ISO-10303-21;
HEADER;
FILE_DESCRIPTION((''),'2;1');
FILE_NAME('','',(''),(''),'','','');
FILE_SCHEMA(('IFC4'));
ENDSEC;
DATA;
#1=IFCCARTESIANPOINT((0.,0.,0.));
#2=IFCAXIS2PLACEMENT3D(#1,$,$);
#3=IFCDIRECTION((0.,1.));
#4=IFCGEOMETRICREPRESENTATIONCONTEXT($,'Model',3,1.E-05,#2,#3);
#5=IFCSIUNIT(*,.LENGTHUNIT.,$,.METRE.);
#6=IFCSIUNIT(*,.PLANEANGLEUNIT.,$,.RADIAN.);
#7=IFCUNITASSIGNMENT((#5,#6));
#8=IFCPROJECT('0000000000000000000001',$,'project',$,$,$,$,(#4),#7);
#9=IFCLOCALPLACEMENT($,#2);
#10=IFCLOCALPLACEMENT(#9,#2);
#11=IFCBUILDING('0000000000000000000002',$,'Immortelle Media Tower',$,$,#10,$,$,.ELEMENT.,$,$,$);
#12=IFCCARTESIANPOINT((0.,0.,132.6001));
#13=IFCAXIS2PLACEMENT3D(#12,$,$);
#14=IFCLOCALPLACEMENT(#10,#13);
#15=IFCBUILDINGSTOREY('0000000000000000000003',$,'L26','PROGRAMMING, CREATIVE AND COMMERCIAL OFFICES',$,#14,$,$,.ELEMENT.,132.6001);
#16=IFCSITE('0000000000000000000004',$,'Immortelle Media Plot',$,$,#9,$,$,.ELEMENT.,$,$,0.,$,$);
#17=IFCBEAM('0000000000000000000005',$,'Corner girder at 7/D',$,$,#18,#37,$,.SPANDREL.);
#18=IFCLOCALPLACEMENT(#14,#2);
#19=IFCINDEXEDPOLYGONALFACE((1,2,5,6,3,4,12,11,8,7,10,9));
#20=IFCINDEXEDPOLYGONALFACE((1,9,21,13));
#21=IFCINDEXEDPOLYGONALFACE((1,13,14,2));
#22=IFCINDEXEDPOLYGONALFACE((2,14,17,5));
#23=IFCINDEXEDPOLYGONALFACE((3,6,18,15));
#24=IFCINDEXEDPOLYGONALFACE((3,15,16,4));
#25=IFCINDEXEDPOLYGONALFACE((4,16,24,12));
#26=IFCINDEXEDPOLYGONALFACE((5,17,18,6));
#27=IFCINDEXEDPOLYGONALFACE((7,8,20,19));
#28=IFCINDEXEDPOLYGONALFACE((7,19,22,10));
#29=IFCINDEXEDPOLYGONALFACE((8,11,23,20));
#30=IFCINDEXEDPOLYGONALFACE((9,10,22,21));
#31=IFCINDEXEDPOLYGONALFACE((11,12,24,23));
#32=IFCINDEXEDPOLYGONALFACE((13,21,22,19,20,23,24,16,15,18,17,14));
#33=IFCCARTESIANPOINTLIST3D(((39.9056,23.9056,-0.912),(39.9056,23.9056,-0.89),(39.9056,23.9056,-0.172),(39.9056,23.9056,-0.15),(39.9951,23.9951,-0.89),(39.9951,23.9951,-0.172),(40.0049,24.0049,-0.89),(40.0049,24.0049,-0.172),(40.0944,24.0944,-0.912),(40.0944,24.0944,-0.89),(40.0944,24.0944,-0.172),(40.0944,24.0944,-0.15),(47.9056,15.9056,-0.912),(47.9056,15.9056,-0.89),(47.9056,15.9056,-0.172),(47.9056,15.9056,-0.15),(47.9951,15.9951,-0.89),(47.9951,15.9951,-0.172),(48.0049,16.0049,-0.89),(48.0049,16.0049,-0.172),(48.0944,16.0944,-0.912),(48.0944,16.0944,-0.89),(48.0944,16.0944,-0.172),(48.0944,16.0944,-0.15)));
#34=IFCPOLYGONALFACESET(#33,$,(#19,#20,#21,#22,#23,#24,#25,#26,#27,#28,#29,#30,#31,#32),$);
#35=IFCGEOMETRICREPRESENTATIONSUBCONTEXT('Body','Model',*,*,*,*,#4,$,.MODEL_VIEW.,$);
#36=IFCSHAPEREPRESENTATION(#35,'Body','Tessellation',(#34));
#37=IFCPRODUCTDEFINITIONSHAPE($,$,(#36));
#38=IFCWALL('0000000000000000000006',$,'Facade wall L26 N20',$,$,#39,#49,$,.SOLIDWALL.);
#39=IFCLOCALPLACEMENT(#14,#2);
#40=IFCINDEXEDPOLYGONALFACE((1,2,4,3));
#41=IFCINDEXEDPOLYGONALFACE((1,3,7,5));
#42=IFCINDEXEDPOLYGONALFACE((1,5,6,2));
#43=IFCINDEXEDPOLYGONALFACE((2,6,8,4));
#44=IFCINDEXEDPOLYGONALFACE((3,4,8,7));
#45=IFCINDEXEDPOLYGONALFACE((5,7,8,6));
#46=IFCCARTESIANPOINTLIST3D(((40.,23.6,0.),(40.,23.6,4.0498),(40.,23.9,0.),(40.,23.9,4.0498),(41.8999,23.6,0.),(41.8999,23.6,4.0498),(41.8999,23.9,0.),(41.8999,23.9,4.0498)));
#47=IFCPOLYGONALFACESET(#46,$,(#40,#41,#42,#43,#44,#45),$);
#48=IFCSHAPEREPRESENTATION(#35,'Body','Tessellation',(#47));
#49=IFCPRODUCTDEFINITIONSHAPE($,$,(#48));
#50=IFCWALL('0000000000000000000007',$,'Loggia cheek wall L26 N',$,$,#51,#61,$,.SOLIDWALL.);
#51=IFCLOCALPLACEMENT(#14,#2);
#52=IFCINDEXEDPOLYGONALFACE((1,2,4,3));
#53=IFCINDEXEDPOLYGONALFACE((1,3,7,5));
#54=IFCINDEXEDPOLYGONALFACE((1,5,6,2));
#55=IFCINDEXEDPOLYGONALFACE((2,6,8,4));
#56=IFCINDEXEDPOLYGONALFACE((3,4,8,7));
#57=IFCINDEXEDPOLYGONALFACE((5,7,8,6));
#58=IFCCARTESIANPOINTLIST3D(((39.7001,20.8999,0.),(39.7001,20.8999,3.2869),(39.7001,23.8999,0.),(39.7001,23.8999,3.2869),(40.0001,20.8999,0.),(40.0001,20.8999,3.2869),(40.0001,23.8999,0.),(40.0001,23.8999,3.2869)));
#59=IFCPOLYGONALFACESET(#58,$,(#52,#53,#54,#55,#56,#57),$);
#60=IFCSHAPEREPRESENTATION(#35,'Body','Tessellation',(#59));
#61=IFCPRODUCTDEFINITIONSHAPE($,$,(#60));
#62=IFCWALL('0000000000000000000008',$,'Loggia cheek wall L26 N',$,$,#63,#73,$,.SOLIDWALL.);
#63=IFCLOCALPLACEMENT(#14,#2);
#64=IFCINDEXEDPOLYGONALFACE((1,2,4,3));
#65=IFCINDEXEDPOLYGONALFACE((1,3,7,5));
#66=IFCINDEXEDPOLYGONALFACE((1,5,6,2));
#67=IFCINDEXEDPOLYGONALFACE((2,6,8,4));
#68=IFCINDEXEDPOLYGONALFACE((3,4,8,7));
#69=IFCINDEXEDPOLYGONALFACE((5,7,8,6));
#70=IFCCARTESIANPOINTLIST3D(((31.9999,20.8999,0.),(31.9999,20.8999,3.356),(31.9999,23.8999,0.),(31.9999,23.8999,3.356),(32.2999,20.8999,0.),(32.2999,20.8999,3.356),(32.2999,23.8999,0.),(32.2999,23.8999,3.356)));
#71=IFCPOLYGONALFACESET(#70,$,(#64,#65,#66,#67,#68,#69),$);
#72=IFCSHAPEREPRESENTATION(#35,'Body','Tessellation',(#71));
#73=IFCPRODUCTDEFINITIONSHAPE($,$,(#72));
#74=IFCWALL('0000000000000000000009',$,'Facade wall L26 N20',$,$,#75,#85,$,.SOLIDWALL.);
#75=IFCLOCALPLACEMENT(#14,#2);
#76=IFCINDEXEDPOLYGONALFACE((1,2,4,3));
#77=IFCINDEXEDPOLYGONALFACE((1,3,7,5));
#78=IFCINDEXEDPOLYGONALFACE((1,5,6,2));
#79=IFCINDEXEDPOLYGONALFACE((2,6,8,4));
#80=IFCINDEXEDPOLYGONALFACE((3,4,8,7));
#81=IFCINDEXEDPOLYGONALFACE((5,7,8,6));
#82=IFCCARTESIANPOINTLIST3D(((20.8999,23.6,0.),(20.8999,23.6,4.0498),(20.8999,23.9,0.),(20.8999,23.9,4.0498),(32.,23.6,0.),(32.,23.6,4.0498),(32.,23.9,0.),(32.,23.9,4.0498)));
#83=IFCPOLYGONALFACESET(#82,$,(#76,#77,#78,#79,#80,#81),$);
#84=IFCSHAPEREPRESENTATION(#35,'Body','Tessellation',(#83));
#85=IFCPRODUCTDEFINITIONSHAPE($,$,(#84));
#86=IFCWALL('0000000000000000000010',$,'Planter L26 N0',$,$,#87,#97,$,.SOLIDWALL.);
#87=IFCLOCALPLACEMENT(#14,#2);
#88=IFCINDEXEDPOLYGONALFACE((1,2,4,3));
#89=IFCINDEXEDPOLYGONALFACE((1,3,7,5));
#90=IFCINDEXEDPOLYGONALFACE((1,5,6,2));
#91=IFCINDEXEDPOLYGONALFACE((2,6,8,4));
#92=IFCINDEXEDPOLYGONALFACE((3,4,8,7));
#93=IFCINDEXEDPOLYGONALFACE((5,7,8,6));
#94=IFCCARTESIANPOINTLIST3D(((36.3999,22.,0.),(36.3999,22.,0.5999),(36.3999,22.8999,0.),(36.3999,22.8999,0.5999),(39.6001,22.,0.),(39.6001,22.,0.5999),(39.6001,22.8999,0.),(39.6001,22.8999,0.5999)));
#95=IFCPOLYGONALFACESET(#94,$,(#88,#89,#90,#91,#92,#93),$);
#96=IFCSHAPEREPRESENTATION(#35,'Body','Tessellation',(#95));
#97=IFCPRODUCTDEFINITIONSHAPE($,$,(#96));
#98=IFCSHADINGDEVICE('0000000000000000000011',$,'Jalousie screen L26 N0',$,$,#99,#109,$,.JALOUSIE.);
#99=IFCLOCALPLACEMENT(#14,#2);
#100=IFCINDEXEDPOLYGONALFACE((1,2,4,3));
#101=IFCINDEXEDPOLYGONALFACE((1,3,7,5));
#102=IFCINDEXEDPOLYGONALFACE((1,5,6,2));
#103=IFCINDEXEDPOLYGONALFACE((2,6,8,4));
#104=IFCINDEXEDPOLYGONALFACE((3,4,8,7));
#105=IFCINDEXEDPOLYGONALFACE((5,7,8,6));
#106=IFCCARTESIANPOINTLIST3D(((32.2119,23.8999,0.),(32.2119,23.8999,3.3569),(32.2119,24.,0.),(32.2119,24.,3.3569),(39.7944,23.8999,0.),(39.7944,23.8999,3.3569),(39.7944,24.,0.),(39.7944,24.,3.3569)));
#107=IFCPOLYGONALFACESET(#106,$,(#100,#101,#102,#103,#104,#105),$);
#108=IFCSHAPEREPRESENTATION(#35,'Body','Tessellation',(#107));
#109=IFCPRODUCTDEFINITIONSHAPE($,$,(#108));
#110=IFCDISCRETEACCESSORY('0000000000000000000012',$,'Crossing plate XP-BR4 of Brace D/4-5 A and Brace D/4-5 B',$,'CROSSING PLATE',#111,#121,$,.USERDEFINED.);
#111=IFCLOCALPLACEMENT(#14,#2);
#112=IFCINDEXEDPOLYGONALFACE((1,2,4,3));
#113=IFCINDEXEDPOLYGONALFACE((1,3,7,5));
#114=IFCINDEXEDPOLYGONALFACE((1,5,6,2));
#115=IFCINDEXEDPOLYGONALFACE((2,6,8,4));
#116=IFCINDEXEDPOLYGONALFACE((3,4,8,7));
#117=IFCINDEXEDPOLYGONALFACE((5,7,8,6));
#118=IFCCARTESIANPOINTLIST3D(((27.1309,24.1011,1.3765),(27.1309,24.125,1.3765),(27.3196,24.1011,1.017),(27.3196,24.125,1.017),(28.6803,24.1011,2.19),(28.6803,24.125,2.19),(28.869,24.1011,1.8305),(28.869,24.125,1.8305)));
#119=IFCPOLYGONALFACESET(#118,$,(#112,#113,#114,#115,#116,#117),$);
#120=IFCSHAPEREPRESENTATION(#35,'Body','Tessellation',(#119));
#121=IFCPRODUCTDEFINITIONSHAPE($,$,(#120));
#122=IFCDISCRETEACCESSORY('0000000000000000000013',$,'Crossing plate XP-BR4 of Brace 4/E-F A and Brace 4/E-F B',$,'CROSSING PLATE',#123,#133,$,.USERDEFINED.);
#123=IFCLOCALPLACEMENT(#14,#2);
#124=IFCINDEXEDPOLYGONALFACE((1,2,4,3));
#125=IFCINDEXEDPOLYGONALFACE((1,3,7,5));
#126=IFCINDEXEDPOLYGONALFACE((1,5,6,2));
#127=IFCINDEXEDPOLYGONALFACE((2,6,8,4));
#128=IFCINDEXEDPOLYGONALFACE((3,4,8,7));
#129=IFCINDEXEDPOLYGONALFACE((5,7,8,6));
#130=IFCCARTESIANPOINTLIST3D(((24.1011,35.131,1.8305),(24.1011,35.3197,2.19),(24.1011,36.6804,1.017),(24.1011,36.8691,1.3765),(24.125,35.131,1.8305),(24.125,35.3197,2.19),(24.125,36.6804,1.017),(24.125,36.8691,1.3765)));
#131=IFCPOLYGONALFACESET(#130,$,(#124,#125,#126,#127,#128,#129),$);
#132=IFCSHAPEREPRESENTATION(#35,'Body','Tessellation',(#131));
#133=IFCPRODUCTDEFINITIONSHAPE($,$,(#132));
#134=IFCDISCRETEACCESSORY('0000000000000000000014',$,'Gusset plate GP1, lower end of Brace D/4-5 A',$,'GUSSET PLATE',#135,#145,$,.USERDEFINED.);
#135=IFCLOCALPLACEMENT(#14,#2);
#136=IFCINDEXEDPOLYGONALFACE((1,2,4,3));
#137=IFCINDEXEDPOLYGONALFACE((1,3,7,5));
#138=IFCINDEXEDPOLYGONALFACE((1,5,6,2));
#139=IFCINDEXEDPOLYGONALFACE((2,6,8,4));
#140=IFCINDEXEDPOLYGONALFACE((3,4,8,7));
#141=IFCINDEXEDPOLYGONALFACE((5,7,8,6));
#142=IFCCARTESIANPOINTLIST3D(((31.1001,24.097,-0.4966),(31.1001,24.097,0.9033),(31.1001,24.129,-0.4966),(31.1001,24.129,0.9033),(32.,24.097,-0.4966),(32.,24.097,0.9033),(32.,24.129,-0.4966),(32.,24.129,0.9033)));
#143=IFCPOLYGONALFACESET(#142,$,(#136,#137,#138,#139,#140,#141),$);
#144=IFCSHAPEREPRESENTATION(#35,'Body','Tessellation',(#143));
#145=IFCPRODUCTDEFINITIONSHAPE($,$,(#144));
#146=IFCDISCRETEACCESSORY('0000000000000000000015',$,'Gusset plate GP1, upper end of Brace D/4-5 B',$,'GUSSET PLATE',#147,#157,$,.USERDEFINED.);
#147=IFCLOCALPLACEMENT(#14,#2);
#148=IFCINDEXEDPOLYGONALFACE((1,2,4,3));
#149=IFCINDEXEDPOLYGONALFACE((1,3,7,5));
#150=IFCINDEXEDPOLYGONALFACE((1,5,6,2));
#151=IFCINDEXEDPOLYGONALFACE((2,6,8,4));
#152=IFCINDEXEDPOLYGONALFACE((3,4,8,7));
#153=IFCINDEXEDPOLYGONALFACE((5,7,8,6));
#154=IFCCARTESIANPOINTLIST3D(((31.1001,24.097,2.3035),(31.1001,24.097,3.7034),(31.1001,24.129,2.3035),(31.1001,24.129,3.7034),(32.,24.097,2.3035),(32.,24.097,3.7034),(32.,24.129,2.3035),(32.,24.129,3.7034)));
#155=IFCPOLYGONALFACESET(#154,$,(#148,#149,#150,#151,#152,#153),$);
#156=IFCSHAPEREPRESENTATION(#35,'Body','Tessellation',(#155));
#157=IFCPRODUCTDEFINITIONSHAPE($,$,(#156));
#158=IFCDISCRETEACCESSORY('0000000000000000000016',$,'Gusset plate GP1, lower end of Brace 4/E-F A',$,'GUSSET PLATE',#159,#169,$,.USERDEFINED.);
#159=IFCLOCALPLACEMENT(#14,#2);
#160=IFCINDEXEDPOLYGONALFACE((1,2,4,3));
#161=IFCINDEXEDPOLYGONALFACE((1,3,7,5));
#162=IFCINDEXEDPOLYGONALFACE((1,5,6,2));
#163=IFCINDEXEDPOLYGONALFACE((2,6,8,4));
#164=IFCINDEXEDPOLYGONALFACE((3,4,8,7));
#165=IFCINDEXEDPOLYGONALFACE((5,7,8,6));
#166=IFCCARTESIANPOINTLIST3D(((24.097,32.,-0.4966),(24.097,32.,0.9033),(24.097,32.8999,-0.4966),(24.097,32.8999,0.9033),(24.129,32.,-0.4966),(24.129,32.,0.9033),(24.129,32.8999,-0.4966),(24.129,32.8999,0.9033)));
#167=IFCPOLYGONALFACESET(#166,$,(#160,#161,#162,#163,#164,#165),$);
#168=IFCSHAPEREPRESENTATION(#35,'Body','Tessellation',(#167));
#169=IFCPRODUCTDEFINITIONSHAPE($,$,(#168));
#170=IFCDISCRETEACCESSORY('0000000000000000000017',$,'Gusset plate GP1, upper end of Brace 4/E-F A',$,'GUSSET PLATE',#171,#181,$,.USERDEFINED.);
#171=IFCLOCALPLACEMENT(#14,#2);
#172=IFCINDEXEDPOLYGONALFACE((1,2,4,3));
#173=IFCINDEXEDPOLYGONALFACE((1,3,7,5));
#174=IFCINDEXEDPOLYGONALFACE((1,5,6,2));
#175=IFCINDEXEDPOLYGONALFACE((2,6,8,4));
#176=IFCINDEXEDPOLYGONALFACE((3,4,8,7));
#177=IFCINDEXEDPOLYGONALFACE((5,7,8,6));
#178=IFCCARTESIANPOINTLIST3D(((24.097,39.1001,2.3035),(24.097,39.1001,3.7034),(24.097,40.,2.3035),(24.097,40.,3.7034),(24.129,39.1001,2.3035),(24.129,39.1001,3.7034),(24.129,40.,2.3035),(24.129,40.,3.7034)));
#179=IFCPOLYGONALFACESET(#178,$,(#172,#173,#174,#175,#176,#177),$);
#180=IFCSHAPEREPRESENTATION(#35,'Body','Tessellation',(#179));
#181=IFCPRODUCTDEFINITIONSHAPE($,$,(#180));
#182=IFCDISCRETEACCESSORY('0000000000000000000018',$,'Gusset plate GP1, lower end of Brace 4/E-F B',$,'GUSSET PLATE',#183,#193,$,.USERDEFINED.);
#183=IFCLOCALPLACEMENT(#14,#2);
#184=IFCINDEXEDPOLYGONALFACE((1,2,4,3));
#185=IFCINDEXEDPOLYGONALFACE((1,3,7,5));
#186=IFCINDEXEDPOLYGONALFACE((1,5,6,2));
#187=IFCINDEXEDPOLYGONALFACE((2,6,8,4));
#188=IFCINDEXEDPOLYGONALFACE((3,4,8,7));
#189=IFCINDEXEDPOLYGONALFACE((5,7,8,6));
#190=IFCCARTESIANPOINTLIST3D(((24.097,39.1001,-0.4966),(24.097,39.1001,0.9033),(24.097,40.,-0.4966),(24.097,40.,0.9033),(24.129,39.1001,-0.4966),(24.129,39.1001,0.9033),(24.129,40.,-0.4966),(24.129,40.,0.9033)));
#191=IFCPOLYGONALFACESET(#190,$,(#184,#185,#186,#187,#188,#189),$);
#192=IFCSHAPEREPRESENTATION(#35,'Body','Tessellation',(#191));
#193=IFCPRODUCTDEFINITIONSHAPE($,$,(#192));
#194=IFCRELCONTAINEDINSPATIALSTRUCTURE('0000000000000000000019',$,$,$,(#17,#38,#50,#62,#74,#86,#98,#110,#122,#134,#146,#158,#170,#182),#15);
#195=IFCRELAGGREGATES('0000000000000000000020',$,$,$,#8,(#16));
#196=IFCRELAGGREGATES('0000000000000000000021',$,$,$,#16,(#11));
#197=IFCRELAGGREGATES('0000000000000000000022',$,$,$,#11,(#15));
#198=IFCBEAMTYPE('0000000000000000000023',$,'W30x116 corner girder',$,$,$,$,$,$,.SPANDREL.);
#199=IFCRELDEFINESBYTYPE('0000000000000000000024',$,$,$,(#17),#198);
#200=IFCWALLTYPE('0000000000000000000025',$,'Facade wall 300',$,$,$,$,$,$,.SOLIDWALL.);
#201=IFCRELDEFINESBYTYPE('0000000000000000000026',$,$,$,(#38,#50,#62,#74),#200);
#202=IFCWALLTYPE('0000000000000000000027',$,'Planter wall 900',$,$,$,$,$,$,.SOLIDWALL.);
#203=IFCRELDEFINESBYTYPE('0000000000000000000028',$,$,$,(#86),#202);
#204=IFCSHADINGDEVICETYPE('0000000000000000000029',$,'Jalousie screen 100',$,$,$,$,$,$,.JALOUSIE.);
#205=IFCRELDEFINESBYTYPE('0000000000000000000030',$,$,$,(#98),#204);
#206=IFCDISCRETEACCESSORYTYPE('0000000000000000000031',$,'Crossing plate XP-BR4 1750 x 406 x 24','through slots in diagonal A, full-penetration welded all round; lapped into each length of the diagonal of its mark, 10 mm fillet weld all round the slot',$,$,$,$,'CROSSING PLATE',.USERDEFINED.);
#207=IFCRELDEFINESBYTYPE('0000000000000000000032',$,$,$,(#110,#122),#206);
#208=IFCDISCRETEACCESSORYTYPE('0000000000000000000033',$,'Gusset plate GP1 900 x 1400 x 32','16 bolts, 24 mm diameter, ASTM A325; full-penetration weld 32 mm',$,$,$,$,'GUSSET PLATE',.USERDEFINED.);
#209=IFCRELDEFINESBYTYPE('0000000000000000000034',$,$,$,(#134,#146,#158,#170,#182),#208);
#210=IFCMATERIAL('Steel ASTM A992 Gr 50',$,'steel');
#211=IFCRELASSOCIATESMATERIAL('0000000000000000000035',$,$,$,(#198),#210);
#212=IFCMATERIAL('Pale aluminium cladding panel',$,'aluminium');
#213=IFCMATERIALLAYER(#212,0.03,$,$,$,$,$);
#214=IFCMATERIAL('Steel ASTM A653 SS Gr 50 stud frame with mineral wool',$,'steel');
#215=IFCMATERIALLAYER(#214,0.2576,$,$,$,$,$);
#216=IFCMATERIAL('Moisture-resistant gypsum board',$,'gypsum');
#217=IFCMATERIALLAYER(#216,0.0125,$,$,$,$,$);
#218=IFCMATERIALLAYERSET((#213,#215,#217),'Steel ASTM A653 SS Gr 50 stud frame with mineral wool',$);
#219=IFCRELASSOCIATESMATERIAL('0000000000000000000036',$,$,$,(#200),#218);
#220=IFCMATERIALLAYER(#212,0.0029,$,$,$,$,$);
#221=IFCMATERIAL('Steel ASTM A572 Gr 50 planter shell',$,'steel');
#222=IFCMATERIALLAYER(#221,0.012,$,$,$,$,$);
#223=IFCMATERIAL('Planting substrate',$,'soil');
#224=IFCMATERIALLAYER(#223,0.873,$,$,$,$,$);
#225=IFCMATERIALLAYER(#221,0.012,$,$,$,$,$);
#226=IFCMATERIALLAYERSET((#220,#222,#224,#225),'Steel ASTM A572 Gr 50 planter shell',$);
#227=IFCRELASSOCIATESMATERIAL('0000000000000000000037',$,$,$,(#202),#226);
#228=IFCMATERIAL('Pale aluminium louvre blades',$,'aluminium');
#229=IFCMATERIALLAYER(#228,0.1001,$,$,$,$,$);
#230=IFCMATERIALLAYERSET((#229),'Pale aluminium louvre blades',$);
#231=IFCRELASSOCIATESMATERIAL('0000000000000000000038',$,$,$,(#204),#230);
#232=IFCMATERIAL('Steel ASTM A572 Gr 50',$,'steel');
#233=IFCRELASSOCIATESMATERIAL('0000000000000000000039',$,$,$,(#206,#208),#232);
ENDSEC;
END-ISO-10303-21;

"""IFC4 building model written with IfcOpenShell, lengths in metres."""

from ifc_helpers import new_model, si_unit, direction, frame, frame_2d, origin, origin_2d, place, context, subcontext, project, spatial, rectangle, i_section, extrude, material, layer, layer_set, material_profile, profile_set, type_object, element, save


model = new_model("IFC4")

# Units and contexts
model_context = context("Model", 3, precision=1e-05, world=origin(), true_north=direction((0.0, 1.0)))
body_context = subcontext(model_context, "Body", "Model", "MODEL_VIEW")
ifc_project = project(units=[si_unit("LENGTHUNIT", "METRE"), si_unit("PLANEANGLEUNIT", "RADIAN")], contexts=[model_context])

# Site, building, storey
site_placement = place(None, origin())
site = spatial("IfcSite", under=ifc_project, at=site_placement, Name="Immortelle Media Plot", CompositionType="ELEMENT", RefElevation=0.0)
building_placement = place(site_placement, origin())
building = spatial("IfcBuilding", under=site, at=building_placement, Name="Immortelle Media Tower", CompositionType="ELEMENT")
storey_placement = place(building_placement, frame((0.0, 0.0, 132.6001)))
storey = spatial("IfcBuildingStorey", under=building, at=storey_placement, Name="L26", Description="PROGRAMMING, CREATIVE AND COMMERCIAL OFFICES", CompositionType="ELEMENT", Elevation=132.6001)

# Shared definitions
ifc_material_1 = material(Name="Steel ASTM A992 Gr 50", Category="steel")

# Beam
ifc_material_profile_1 = material_profile(ifc_material_1, i_section(OverallWidth=0.2671, OverallDepth=0.762, WebThickness=0.0139, FlangeThickness=0.022, at=origin_2d()), Name="W30x116")
ifc_profile_set_1 = profile_set([ifc_material_profile_1], Name="Steel ASTM A992 Gr 50")
beam_type_1 = type_object("IfcBeamType", Name="W30x116 corner girder", PredefinedType="SPANDREL", material=ifc_profile_set_1)
beam_1_placement = place(storey_placement, frame((40.0, 24.0, -0.531), z_axis=(0.707107, -0.707107, 0.0), x_axis=(0.707107, 0.707107, 0.0)))
element("IfcBeam", 1, at=beam_1_placement, inside=storey, type_object=beam_type_1, Name="Corner girder at 7/D", PredefinedType="SPANDREL", context=body_context, shape_type="SweptSolid", body=[
    extrude(i_section(OverallWidth=0.2671, OverallDepth=0.762, WebThickness=0.0139, FlangeThickness=0.022, at=origin_2d()), origin(), (0.0, 0.0, 1.0), 11.3137),
])

# Walls
ifc_material_2 = material(Name="Pale aluminium cladding panel", Category="aluminium")
ifc_layer_1 = layer(ifc_material_2, 0.03)
ifc_material_3 = material(Name="Steel ASTM A653 SS Gr 50 stud frame with mineral wool", Category="steel")
ifc_layer_2 = layer(ifc_material_3, 0.2576)
ifc_material_4 = material(Name="Moisture-resistant gypsum board", Category="gypsum")
ifc_layer_3 = layer(ifc_material_4, 0.0125)
ifc_layer_set_1 = layer_set([ifc_layer_1, ifc_layer_2, ifc_layer_3], Name="Steel ASTM A653 SS Gr 50 stud frame with mineral wool")
wall_type_1 = type_object("IfcWallType", Name="Facade wall 300", PredefinedType="SOLIDWALL", material=ifc_layer_set_1)
wall_1_placement = place(storey_placement, frame((41.8999, 23.75, 0.0), z_axis=(0.0, 0.0, 1.0), x_axis=(-1.0, 0.0, 0.0)))
element("IfcWall", 2, at=wall_1_placement, inside=storey, type_object=wall_type_1, Name="Facade wall L26 N20", PredefinedType="SOLIDWALL", context=body_context, shape_type="SweptSolid", body=[
    extrude(rectangle(XDim=1.8999, YDim=0.3, at=frame_2d((0.95, 0.0))), origin(), (0.0, 0.0, 1.0), 4.0498),
])
wall_2_placement = place(storey_placement, frame((39.8501, 23.8999, 0.0), z_axis=(0.0, 0.0, 1.0), x_axis=(0.0, -1.0, 0.0)))
element("IfcWall", 3, at=wall_2_placement, inside=storey, type_object=wall_type_1, Name="Loggia cheek wall L26 N", PredefinedType="SOLIDWALL", context=body_context, shape_type="SweptSolid", body=[
    extrude(rectangle(XDim=3.0, YDim=0.3, at=frame_2d((1.5, 0.0))), origin(), (0.0, 0.0, 1.0), 3.2869),
])
wall_3_placement = place(storey_placement, frame((32.1499, 23.8999, 0.0), z_axis=(0.0, 0.0, 1.0), x_axis=(0.0, -1.0, 0.0)))
element("IfcWall", 4, at=wall_3_placement, inside=storey, type_object=wall_type_1, Name="Loggia cheek wall L26 N", PredefinedType="SOLIDWALL", context=body_context, shape_type="SweptSolid", body=[
    extrude(rectangle(XDim=3.0, YDim=0.3, at=frame_2d((1.5, 0.0))), origin(), (0.0, 0.0, 1.0), 3.356),
])
wall_4_placement = place(storey_placement, frame((32.0, 23.75, 0.0), z_axis=(0.0, 0.0, 1.0), x_axis=(-1.0, 0.0, 0.0)))
element("IfcWall", 5, at=wall_4_placement, inside=storey, type_object=wall_type_1, Name="Facade wall L26 N20", PredefinedType="SOLIDWALL", context=body_context, shape_type="SweptSolid", body=[
    extrude(rectangle(XDim=11.1001, YDim=0.3, at=frame_2d((5.55, 0.0))), origin(), (0.0, 0.0, 1.0), 4.0498),
])
ifc_layer_4 = layer(ifc_material_2, 0.0029)
ifc_material_5 = material(Name="Steel ASTM A572 Gr 50 planter shell", Category="steel")
ifc_layer_5 = layer(ifc_material_5, 0.012)
ifc_material_6 = material(Name="Planting substrate", Category="soil")
ifc_layer_6 = layer(ifc_material_6, 0.873)
ifc_layer_7 = layer(ifc_material_5, 0.012)
ifc_layer_set_2 = layer_set([ifc_layer_4, ifc_layer_5, ifc_layer_6, ifc_layer_7], Name="Steel ASTM A572 Gr 50 planter shell")
wall_type_2 = type_object("IfcWallType", Name="Planter wall 900", PredefinedType="SOLIDWALL", material=ifc_layer_set_2)
wall_5_placement = place(storey_placement, frame((39.6001, 22.45, 0.0), z_axis=(0.0, 0.0, 1.0), x_axis=(-1.0, 0.0, 0.0)))
element("IfcWall", 6, at=wall_5_placement, inside=storey, type_object=wall_type_2, Name="Planter L26 N0", PredefinedType="SOLIDWALL", context=body_context, shape_type="SweptSolid", body=[
    extrude(rectangle(XDim=3.2002, YDim=0.8999, at=frame_2d((1.6001, 0.0))), origin(), (0.0, 0.0, 1.0), 0.5999),
])

# Shading device
ifc_material_7 = material(Name="Pale aluminium louvre blades", Category="aluminium")
ifc_layer_8 = layer(ifc_material_7, 0.1001)
ifc_layer_set_3 = layer_set([ifc_layer_8], Name="Pale aluminium louvre blades")
shading_device_type = type_object("IfcShadingDeviceType", Name="Jalousie screen 100", PredefinedType="JALOUSIE", material=ifc_layer_set_3)
shading_device_placement = place(storey_placement, frame((36.0032, 23.95, 0.0), z_axis=(0.0, 0.0, 1.0), x_axis=(-1.0, 0.0, 0.0)))
element("IfcShadingDevice", 7, at=shading_device_placement, inside=storey, type_object=shading_device_type, Name="Jalousie screen L26 N0", PredefinedType="JALOUSIE", context=body_context, shape_type="SweptSolid", body=[
    extrude(rectangle(XDim=7.5825, YDim=0.1001, at=origin_2d()), origin(), (0.0, 0.0, 1.0), 3.3569),
])

# Discrete accessories
ifc_material_8 = material(Name="Steel ASTM A572 Gr 50", Category="steel")
ifc_material_profile_2 = material_profile(ifc_material_8, rectangle(XDim=0.0239, YDim=0.406, at=origin_2d()), Name="PL 24 x 406")
ifc_profile_set_2 = profile_set([ifc_material_profile_2], Name="Steel ASTM A572 Gr 50")
discrete_accessory_type_1 = type_object("IfcDiscreteAccessoryType", Name="Crossing plate XP-BR4 1750 x 406 x 24", Description="through slots in diagonal A, full-penetration welded all round; lapped into each length of the diagonal of its mark, 10 mm fillet weld all round the slot", ElementType="CROSSING PLATE", PredefinedType="USERDEFINED", material=ifc_profile_set_2)
for number, where, z_axis, x_axis, name in (
    (8, (28.7747, 24.113, 2.0103), (-0.885378, 0.0, -0.464872), (0.0, -1.0, 0.0), "Crossing plate XP-BR4 of Brace D/4-5 A and Brace D/4-5 B"),
    (9, (24.113, 35.2253, 2.0103), (0.0, 0.885378, -0.464872), (-1.0, 0.0, 0.0), "Crossing plate XP-BR4 of Brace 4/E-F A and Brace 4/E-F B"),
):
    element("IfcDiscreteAccessory", number, at=place(storey_placement, frame(where, z_axis=z_axis, x_axis=x_axis)), inside=storey, type_object=discrete_accessory_type_1, Name=name, ObjectType="CROSSING PLATE", PredefinedType="USERDEFINED", context=body_context, shape_type="SweptSolid", body=[
        extrude(rectangle(XDim=0.0239, YDim=0.406, at=origin_2d()), origin(), (0.0, 0.0, 1.0), 1.75),
    ])
ifc_material_profile_3 = material_profile(ifc_material_8, rectangle(XDim=0.032, YDim=1.3999, at=origin_2d()), Name="PL 32 x 1400")
ifc_profile_set_3 = profile_set([ifc_material_profile_3], Name="Steel ASTM A572 Gr 50")
discrete_accessory_type_2 = type_object("IfcDiscreteAccessoryType", Name="Gusset plate GP1 900 x 1400 x 32", Description="16 bolts, 24 mm diameter, ASTM A325; full-penetration weld 32 mm", ElementType="GUSSET PLATE", PredefinedType="USERDEFINED", material=ifc_profile_set_3)
for number, where, z_axis, x_axis, name in (
    (10, (32.0, 24.113, 0.2034), (-1.0, 0.0, 0.0), (0.0, -1.0, 0.0), "Gusset plate GP1, lower end of Brace D/4-5 A"),
    (11, (32.0, 24.113, 3.0034), (-1.0, 0.0, 0.0), (0.0, -1.0, 0.0), "Gusset plate GP1, upper end of Brace D/4-5 B"),
    (12, (24.113, 32.0, 0.2034), (0.0, 1.0, 0.0), (-1.0, 0.0, 0.0), "Gusset plate GP1, lower end of Brace 4/E-F A"),
    (13, (24.113, 40.0, 3.0034), (0.0, -1.0, 0.0), (1.0, 0.0, 0.0), "Gusset plate GP1, upper end of Brace 4/E-F A"),
    (14, (24.113, 40.0, 0.2034), (0.0, -1.0, 0.0), (1.0, 0.0, 0.0), "Gusset plate GP1, lower end of Brace 4/E-F B"),
):
    element("IfcDiscreteAccessory", number, at=place(storey_placement, frame(where, z_axis=z_axis, x_axis=x_axis)), inside=storey, type_object=discrete_accessory_type_2, Name=name, ObjectType="GUSSET PLATE", PredefinedType="USERDEFINED", context=body_context, shape_type="SweptSolid", body=[
        extrude(rectangle(XDim=0.032, YDim=1.3999, at=origin_2d()), origin(), (0.0, 0.0, 1.0), 0.8999),
    ])

save(model, "model.ifc")
